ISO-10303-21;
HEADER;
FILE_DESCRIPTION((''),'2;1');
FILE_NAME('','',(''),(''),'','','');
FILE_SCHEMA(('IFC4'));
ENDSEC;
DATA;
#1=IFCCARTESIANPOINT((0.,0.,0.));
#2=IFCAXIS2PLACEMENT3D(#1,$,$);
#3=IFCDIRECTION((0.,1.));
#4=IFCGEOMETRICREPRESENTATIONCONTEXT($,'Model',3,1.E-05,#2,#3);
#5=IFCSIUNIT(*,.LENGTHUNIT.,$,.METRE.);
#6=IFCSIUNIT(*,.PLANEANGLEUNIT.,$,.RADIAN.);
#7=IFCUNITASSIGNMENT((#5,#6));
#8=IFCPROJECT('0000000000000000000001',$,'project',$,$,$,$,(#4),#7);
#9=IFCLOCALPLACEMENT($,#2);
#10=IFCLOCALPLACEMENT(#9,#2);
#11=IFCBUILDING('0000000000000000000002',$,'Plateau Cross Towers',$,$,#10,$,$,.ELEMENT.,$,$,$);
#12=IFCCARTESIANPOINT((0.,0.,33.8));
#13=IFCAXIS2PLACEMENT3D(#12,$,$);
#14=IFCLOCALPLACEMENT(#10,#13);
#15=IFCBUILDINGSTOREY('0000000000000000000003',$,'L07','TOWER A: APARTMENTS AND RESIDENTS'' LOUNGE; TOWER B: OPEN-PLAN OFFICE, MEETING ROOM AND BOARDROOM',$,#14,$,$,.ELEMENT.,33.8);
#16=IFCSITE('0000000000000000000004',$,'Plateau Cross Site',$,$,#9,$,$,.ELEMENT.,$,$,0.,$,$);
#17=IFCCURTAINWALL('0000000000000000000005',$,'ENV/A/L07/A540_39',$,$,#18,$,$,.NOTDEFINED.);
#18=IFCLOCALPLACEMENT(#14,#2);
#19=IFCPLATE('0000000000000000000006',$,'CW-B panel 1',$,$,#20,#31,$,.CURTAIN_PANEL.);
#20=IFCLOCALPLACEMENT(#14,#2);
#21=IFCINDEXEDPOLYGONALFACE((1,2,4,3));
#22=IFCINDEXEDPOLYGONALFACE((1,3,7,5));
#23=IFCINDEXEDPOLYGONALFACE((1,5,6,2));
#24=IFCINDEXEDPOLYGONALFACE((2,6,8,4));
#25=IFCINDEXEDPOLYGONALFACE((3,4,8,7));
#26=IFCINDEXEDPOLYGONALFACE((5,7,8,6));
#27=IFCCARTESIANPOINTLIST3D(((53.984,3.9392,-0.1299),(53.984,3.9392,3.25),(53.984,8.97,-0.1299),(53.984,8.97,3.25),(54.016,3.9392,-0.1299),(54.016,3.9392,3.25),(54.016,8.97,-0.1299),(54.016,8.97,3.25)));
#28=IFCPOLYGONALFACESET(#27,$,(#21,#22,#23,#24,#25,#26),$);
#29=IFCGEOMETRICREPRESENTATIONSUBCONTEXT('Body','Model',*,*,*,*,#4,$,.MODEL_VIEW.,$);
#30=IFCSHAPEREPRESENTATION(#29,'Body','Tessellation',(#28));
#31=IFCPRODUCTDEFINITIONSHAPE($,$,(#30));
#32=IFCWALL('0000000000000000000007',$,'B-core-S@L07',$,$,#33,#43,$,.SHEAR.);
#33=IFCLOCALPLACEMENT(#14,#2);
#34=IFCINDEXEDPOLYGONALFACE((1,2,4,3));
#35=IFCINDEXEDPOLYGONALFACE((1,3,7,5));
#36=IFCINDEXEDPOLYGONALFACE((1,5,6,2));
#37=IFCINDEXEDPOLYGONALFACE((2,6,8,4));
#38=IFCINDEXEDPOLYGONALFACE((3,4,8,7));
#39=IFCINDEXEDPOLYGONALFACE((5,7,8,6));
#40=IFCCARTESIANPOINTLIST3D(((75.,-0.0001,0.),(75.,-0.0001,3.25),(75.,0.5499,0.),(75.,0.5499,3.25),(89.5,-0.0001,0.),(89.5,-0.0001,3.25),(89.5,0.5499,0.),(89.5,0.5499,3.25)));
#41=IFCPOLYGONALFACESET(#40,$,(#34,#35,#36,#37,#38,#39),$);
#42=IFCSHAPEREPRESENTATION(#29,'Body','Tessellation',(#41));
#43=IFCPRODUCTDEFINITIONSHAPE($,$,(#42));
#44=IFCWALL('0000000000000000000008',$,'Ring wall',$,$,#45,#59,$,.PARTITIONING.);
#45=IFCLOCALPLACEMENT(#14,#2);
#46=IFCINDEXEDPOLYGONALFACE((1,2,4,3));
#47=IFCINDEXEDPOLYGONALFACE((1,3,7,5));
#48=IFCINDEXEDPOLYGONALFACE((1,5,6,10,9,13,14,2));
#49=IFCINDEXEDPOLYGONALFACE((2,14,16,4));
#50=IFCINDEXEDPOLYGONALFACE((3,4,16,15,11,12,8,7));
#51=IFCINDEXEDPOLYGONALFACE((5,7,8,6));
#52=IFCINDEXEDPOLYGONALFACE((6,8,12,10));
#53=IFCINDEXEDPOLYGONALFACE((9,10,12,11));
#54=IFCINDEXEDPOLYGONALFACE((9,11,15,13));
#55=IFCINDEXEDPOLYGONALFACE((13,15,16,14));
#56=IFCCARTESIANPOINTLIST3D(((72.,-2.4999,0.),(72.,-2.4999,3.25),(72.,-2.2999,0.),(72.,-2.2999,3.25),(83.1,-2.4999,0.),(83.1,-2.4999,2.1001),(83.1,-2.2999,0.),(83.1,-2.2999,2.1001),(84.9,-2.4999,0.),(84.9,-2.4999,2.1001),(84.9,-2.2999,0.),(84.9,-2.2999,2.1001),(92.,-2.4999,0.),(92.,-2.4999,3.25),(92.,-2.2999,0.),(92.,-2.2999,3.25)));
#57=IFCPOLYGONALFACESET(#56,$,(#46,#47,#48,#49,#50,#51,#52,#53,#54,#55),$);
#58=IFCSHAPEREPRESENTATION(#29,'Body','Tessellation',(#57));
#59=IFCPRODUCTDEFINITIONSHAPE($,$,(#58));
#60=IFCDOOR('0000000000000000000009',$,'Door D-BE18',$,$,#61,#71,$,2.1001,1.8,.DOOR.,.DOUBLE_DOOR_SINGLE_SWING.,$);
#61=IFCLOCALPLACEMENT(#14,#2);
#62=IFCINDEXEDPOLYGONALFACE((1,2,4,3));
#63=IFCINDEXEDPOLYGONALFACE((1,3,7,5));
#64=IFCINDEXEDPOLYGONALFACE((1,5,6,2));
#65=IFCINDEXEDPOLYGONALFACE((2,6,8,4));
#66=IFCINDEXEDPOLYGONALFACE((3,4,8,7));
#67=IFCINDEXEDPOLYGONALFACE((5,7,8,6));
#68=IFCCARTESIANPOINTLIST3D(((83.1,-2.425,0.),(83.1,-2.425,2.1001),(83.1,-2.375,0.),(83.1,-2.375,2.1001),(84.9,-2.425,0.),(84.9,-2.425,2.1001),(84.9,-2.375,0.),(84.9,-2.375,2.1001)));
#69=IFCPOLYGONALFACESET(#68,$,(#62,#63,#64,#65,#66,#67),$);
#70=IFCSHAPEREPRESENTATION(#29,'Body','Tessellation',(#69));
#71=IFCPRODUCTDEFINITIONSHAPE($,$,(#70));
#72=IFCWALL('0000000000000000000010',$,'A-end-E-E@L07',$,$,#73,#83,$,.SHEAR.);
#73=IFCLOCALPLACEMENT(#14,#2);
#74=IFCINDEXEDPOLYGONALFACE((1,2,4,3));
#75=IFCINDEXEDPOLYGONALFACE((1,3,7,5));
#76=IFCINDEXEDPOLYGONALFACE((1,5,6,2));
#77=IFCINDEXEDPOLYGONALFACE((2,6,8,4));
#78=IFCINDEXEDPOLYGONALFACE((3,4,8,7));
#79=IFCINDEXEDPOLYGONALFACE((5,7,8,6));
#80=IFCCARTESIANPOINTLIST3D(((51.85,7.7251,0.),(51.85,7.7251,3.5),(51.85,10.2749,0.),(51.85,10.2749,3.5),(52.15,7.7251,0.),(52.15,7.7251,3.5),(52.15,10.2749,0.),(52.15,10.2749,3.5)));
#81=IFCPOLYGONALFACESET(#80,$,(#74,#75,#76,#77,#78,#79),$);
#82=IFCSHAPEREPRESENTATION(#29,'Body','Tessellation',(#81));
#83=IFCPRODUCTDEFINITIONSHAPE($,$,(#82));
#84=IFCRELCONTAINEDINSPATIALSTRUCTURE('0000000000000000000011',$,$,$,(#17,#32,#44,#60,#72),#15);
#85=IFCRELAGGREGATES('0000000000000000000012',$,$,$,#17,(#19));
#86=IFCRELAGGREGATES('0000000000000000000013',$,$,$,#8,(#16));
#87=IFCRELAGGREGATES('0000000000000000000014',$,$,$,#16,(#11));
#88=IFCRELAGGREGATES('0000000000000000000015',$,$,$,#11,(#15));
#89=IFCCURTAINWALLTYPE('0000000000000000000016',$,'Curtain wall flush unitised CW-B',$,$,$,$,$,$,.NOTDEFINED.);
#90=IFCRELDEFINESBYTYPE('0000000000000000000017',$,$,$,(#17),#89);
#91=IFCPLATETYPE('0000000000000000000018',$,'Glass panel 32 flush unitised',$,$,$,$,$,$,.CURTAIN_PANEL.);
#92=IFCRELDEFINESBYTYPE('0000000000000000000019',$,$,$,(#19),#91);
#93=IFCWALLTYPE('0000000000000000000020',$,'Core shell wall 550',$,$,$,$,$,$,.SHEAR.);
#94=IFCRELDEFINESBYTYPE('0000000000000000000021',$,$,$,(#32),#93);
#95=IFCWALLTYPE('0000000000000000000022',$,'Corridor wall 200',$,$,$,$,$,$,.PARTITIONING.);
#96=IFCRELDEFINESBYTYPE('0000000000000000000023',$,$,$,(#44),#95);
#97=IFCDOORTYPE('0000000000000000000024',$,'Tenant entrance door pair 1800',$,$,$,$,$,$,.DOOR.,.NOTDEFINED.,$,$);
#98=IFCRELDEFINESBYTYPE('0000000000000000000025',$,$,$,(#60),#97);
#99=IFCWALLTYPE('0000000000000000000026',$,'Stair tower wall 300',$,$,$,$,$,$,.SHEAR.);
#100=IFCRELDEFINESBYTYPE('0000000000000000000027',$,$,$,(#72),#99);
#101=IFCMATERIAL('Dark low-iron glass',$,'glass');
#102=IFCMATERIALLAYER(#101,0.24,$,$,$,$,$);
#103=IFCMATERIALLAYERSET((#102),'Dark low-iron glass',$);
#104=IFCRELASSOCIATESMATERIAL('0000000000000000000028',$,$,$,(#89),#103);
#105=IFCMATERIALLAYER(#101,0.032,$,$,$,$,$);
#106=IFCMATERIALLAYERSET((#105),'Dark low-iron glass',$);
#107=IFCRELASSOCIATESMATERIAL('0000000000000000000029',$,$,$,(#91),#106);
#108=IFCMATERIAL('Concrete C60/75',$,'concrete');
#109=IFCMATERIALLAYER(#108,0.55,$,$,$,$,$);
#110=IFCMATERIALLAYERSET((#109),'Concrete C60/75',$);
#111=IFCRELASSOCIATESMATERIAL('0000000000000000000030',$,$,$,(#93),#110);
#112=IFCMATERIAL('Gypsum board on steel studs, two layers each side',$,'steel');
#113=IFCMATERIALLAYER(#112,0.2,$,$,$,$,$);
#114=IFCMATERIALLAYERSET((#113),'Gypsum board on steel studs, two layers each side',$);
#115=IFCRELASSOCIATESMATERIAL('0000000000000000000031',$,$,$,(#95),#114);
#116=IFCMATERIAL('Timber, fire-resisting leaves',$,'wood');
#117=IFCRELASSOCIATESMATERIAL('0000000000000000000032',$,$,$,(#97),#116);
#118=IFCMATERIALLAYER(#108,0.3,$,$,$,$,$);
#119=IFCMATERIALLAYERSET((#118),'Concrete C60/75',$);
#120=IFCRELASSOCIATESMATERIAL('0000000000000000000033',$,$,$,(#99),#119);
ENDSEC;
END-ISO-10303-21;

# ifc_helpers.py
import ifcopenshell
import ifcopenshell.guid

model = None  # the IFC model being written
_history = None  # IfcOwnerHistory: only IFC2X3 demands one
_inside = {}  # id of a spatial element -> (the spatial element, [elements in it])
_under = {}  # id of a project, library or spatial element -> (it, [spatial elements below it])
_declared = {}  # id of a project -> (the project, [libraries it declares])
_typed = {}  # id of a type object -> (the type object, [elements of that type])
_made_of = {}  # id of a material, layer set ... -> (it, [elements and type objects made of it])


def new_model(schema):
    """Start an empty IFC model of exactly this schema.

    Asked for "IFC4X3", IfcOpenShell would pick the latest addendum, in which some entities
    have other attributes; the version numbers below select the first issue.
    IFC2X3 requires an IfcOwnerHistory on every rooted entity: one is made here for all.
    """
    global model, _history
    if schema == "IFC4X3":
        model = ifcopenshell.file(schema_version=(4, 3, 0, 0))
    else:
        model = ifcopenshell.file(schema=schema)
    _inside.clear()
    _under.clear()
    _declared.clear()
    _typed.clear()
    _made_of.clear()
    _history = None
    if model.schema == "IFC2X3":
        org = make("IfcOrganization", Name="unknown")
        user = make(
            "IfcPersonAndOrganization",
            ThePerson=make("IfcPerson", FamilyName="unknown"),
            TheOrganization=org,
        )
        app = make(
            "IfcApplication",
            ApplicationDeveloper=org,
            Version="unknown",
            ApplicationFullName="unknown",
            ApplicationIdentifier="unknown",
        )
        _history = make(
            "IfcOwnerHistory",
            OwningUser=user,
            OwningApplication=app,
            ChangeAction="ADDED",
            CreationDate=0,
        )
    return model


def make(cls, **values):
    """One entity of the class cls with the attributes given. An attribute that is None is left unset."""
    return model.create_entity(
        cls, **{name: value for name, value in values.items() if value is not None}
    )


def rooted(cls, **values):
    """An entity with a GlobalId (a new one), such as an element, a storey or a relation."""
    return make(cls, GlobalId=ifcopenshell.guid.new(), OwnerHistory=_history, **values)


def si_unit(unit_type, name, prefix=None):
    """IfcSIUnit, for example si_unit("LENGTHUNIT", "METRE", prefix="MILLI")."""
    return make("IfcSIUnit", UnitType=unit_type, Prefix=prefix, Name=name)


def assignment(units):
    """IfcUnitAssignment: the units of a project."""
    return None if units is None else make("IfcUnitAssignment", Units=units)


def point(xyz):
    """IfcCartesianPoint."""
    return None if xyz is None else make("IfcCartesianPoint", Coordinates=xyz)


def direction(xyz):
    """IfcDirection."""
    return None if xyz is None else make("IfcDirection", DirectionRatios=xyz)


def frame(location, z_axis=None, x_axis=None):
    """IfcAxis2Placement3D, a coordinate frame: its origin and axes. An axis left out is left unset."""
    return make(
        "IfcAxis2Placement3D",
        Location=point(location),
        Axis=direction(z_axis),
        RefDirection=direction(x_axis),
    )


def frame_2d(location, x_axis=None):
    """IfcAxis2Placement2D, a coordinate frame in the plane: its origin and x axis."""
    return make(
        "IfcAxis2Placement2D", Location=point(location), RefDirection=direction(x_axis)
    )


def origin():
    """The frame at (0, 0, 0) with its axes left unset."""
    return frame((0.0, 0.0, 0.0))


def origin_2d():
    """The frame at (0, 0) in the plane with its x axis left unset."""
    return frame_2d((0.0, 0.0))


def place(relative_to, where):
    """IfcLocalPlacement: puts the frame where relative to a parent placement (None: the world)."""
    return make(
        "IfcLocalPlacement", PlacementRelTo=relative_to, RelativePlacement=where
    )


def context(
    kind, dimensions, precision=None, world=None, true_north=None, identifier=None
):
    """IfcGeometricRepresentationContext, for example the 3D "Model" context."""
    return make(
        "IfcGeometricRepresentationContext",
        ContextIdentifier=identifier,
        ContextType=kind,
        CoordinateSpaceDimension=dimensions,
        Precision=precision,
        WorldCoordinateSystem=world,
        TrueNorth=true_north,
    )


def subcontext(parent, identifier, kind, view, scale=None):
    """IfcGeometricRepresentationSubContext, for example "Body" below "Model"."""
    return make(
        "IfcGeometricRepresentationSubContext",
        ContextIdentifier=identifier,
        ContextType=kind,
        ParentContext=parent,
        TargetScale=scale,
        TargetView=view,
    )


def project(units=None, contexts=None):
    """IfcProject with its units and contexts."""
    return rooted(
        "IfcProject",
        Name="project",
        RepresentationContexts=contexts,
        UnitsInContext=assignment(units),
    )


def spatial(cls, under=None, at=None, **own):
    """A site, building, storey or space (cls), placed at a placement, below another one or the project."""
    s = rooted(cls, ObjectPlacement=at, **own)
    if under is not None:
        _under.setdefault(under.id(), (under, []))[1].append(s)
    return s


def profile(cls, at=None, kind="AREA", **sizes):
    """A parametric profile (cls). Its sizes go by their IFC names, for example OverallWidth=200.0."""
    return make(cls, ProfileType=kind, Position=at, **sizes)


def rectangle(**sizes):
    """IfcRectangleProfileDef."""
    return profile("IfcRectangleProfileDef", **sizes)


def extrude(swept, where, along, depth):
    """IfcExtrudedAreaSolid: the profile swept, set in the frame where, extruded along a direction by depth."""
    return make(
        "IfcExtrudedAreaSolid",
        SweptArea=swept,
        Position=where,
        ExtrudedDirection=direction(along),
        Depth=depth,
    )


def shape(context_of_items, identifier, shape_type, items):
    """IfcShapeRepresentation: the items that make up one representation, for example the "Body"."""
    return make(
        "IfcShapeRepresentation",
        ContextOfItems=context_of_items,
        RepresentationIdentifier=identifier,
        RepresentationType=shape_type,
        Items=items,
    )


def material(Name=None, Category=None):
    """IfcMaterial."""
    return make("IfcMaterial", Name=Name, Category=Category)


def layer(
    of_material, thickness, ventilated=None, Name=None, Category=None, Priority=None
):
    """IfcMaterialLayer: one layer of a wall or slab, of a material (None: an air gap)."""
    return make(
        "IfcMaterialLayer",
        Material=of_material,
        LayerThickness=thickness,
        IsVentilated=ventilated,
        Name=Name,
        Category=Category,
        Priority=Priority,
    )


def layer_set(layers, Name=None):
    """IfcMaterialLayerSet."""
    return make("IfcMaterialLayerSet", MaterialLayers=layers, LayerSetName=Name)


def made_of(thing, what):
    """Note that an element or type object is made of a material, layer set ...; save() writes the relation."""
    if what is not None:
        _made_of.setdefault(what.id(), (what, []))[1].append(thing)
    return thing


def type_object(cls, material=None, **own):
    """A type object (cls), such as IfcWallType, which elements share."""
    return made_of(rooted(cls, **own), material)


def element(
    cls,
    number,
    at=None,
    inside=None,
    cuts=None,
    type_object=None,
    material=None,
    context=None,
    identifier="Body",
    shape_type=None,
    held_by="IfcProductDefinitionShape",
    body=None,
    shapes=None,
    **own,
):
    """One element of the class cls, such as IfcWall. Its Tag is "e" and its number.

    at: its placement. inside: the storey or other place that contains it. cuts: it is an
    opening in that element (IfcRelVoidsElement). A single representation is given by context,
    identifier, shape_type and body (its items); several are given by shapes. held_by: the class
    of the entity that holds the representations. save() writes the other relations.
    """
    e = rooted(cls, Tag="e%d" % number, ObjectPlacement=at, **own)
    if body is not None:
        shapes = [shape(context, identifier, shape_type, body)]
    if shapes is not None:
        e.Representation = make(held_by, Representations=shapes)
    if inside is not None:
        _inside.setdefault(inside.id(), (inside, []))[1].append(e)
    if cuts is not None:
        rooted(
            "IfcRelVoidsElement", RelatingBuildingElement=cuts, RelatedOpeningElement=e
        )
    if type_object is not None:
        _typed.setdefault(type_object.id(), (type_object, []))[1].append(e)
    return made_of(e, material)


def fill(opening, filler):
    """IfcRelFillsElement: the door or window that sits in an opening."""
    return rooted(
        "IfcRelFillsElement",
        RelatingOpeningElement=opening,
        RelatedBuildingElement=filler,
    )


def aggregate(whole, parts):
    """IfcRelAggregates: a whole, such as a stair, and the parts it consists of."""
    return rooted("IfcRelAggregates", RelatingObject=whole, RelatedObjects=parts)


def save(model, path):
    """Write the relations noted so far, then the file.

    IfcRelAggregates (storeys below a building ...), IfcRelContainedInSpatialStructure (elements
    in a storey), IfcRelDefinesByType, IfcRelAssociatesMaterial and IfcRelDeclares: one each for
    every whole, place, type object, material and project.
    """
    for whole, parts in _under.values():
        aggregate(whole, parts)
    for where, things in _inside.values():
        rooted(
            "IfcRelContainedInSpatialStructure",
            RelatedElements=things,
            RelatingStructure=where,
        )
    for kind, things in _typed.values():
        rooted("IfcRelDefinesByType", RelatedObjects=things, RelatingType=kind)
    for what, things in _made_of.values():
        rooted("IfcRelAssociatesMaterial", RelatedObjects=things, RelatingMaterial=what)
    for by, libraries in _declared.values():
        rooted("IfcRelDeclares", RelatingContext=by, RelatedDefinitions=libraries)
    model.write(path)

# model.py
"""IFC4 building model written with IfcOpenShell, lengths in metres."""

from ifc_helpers import new_model, si_unit, direction, frame, frame_2d, origin, origin_2d, place, context, subcontext, project, spatial, rectangle, extrude, material, layer, layer_set, type_object, element, fill, aggregate, save


model = new_model("IFC4")

# Units and contexts
model_context = context("Model", 3, precision=1e-05, world=origin(), true_north=direction((0.0, 1.0)))
body_context = subcontext(model_context, "Body", "Model", "MODEL_VIEW")
ifc_project = project(units=[si_unit("LENGTHUNIT", "METRE"), si_unit("PLANEANGLEUNIT", "RADIAN")], contexts=[model_context])

# Site, building, storey
site_placement = place(None, origin())
site = spatial("IfcSite", under=ifc_project, at=site_placement, Name="Plateau Cross Site", CompositionType="ELEMENT", RefElevation=0.0)
building_placement = place(site_placement, origin())
building = spatial("IfcBuilding", under=site, at=building_placement, Name="Plateau Cross Towers", CompositionType="ELEMENT")
storey_placement = place(building_placement, frame((0.0, 0.0, 33.8)))
storey = spatial("IfcBuildingStorey", under=building, at=storey_placement, Name="L07", Description="TOWER A: APARTMENTS AND RESIDENTS' LOUNGE; TOWER B: OPEN-PLAN OFFICE, MEETING ROOM AND BOARDROOM", CompositionType="ELEMENT", Elevation=33.8)

# Shared definitions
ifc_material_1 = material(Name="Concrete C60/75", Category="concrete")

# Shared definitions
ifc_material_2 = material(Name="Dark low-iron glass", Category="glass")
ifc_layer_1 = layer(ifc_material_2, 0.24)
ifc_layer_set_1 = layer_set([ifc_layer_1], Name="Dark low-iron glass")
curtain_wall_type_1 = type_object("IfcCurtainWallType", Name="Curtain wall flush unitised CW-B", PredefinedType="NOTDEFINED", material=ifc_layer_set_1)

# Curtain wall
curtain_wall_1_placement = place(storey_placement, origin())
curtain_wall_1 = element("IfcCurtainWall", 1, at=curtain_wall_1_placement, inside=storey, type_object=curtain_wall_type_1, Name="ENV/A/L07/A540_39", PredefinedType="NOTDEFINED")

# Plate
ifc_layer_2 = layer(ifc_material_2, 0.032)
ifc_layer_set_2 = layer_set([ifc_layer_2], Name="Dark low-iron glass")
plate_type_1 = type_object("IfcPlateType", Name="Glass panel 32 flush unitised", PredefinedType="CURTAIN_PANEL", material=ifc_layer_set_2)
plate_1_placement = place(storey_placement, frame((54.0, 6.4546, -0.1299), z_axis=(0.0, 0.0, 1.0), x_axis=(0.0, 1.0, 0.0)))
plate_1 = element("IfcPlate", 2, at=plate_1_placement, type_object=plate_type_1, Name="CW-B panel 1", PredefinedType="CURTAIN_PANEL", context=body_context, shape_type="SweptSolid", body=[
    extrude(rectangle(XDim=5.0308, YDim=0.032, at=origin_2d()), origin(), (0.0, 0.0, 1.0), 3.3799),
])
aggregate(curtain_wall_1, [plate_1])

# Wall
ifc_layer_3 = layer(ifc_material_1, 0.55)
ifc_layer_set_3 = layer_set([ifc_layer_3], Name="Concrete C60/75")
wall_type_1 = type_object("IfcWallType", Name="Core shell wall 550", PredefinedType="SHEAR", material=ifc_layer_set_3)
wall_1_placement = place(storey_placement, frame((75.0, 0.2749, 0.0), z_axis=(0.0, 0.0, 1.0), x_axis=(1.0, 0.0, 0.0)))
element("IfcWall", 3, at=wall_1_placement, inside=storey, type_object=wall_type_1, Name="B-core-S@L07", PredefinedType="SHEAR", context=body_context, shape_type="SweptSolid", body=[
    extrude(rectangle(XDim=14.5, YDim=0.55, at=frame_2d((7.25, 0.0))), origin(), (0.0, 0.0, 1.0), 3.25),
])

# Wall, opening, door
ifc_material_3 = material(Name="Gypsum board on steel studs, two layers each side", Category="steel")
ifc_layer_4 = layer(ifc_material_3, 0.2)
ifc_layer_set_4 = layer_set([ifc_layer_4], Name="Gypsum board on steel studs, two layers each side")
wall_type_2 = type_object("IfcWallType", Name="Corridor wall 200", PredefinedType="PARTITIONING", material=ifc_layer_set_4)
wall_2_placement = place(storey_placement, frame((72.0, -2.3999, 0.0), z_axis=(0.0, 0.0, 1.0), x_axis=(1.0, 0.0, 0.0)))
wall_2 = element("IfcWall", 4, at=wall_2_placement, inside=storey, type_object=wall_type_2, Name="Ring wall", PredefinedType="PARTITIONING", context=body_context, shape_type="SweptSolid", body=[
    extrude(rectangle(XDim=20.0, YDim=0.2, at=frame_2d((10.0, 0.0))), origin(), (0.0, 0.0, 1.0), 3.25),
])
opening_placement = place(wall_2_placement, frame((11.1001, 0.0, 0.0)))
opening = element("IfcOpeningElement", 5, at=opening_placement, cuts=wall_2, PredefinedType="OPENING", context=body_context, shape_type="SweptSolid", body=[
    extrude(rectangle(XDim=1.8, YDim=2.1001, at=frame_2d((0.8999, 1.05))), frame((0.0, 0.1099, 0.0), z_axis=(0.0, -1.0, 0.0), x_axis=(1.0, 0.0, 0.0)), (0.0, 0.0, 1.0), 0.22),
])
ifc_material_4 = material(Name="Timber, fire-resisting leaves", Category="wood")
door_type = type_object("IfcDoorType", Name="Tenant entrance door pair 1800", OperationType="NOTDEFINED", PredefinedType="DOOR", material=ifc_material_4)
door_placement = place(opening_placement, origin())
door = element("IfcDoor", 6, at=door_placement, inside=storey, type_object=door_type, Name="Door D-BE18", OperationType="DOUBLE_DOOR_SINGLE_SWING", OverallHeight=2.1001, OverallWidth=1.8, PredefinedType="DOOR", context=body_context, shape_type="SweptSolid", body=[
    extrude(rectangle(XDim=1.8, YDim=2.1001, at=frame_2d((0.8999, 1.05))), frame((0.0, 0.0249, 0.0), z_axis=(0.0, -1.0, 0.0), x_axis=(1.0, 0.0, 0.0)), (0.0, 0.0, 1.0), 0.05),
])
fill(opening, door)

# Wall
ifc_layer_5 = layer(ifc_material_1, 0.3)
ifc_layer_set_5 = layer_set([ifc_layer_5], Name="Concrete C60/75")
wall_type_3 = type_object("IfcWallType", Name="Stair tower wall 300", PredefinedType="SHEAR", material=ifc_layer_set_5)
wall_3_placement = place(storey_placement, frame((52.0, 7.7251, 0.0), z_axis=(0.0, 0.0, 1.0), x_axis=(0.0, 1.0, 0.0)))
element("IfcWall", 7, at=wall_3_placement, inside=storey, type_object=wall_type_3, Name="A-end-E-E@L07", PredefinedType="SHEAR", context=body_context, shape_type="SweptSolid", body=[
    extrude(rectangle(XDim=2.5498, YDim=0.3, at=frame_2d((1.2749, 0.0))), origin(), (0.0, 0.0, 1.0), 3.5),
])

save(model, "model.ifc")
